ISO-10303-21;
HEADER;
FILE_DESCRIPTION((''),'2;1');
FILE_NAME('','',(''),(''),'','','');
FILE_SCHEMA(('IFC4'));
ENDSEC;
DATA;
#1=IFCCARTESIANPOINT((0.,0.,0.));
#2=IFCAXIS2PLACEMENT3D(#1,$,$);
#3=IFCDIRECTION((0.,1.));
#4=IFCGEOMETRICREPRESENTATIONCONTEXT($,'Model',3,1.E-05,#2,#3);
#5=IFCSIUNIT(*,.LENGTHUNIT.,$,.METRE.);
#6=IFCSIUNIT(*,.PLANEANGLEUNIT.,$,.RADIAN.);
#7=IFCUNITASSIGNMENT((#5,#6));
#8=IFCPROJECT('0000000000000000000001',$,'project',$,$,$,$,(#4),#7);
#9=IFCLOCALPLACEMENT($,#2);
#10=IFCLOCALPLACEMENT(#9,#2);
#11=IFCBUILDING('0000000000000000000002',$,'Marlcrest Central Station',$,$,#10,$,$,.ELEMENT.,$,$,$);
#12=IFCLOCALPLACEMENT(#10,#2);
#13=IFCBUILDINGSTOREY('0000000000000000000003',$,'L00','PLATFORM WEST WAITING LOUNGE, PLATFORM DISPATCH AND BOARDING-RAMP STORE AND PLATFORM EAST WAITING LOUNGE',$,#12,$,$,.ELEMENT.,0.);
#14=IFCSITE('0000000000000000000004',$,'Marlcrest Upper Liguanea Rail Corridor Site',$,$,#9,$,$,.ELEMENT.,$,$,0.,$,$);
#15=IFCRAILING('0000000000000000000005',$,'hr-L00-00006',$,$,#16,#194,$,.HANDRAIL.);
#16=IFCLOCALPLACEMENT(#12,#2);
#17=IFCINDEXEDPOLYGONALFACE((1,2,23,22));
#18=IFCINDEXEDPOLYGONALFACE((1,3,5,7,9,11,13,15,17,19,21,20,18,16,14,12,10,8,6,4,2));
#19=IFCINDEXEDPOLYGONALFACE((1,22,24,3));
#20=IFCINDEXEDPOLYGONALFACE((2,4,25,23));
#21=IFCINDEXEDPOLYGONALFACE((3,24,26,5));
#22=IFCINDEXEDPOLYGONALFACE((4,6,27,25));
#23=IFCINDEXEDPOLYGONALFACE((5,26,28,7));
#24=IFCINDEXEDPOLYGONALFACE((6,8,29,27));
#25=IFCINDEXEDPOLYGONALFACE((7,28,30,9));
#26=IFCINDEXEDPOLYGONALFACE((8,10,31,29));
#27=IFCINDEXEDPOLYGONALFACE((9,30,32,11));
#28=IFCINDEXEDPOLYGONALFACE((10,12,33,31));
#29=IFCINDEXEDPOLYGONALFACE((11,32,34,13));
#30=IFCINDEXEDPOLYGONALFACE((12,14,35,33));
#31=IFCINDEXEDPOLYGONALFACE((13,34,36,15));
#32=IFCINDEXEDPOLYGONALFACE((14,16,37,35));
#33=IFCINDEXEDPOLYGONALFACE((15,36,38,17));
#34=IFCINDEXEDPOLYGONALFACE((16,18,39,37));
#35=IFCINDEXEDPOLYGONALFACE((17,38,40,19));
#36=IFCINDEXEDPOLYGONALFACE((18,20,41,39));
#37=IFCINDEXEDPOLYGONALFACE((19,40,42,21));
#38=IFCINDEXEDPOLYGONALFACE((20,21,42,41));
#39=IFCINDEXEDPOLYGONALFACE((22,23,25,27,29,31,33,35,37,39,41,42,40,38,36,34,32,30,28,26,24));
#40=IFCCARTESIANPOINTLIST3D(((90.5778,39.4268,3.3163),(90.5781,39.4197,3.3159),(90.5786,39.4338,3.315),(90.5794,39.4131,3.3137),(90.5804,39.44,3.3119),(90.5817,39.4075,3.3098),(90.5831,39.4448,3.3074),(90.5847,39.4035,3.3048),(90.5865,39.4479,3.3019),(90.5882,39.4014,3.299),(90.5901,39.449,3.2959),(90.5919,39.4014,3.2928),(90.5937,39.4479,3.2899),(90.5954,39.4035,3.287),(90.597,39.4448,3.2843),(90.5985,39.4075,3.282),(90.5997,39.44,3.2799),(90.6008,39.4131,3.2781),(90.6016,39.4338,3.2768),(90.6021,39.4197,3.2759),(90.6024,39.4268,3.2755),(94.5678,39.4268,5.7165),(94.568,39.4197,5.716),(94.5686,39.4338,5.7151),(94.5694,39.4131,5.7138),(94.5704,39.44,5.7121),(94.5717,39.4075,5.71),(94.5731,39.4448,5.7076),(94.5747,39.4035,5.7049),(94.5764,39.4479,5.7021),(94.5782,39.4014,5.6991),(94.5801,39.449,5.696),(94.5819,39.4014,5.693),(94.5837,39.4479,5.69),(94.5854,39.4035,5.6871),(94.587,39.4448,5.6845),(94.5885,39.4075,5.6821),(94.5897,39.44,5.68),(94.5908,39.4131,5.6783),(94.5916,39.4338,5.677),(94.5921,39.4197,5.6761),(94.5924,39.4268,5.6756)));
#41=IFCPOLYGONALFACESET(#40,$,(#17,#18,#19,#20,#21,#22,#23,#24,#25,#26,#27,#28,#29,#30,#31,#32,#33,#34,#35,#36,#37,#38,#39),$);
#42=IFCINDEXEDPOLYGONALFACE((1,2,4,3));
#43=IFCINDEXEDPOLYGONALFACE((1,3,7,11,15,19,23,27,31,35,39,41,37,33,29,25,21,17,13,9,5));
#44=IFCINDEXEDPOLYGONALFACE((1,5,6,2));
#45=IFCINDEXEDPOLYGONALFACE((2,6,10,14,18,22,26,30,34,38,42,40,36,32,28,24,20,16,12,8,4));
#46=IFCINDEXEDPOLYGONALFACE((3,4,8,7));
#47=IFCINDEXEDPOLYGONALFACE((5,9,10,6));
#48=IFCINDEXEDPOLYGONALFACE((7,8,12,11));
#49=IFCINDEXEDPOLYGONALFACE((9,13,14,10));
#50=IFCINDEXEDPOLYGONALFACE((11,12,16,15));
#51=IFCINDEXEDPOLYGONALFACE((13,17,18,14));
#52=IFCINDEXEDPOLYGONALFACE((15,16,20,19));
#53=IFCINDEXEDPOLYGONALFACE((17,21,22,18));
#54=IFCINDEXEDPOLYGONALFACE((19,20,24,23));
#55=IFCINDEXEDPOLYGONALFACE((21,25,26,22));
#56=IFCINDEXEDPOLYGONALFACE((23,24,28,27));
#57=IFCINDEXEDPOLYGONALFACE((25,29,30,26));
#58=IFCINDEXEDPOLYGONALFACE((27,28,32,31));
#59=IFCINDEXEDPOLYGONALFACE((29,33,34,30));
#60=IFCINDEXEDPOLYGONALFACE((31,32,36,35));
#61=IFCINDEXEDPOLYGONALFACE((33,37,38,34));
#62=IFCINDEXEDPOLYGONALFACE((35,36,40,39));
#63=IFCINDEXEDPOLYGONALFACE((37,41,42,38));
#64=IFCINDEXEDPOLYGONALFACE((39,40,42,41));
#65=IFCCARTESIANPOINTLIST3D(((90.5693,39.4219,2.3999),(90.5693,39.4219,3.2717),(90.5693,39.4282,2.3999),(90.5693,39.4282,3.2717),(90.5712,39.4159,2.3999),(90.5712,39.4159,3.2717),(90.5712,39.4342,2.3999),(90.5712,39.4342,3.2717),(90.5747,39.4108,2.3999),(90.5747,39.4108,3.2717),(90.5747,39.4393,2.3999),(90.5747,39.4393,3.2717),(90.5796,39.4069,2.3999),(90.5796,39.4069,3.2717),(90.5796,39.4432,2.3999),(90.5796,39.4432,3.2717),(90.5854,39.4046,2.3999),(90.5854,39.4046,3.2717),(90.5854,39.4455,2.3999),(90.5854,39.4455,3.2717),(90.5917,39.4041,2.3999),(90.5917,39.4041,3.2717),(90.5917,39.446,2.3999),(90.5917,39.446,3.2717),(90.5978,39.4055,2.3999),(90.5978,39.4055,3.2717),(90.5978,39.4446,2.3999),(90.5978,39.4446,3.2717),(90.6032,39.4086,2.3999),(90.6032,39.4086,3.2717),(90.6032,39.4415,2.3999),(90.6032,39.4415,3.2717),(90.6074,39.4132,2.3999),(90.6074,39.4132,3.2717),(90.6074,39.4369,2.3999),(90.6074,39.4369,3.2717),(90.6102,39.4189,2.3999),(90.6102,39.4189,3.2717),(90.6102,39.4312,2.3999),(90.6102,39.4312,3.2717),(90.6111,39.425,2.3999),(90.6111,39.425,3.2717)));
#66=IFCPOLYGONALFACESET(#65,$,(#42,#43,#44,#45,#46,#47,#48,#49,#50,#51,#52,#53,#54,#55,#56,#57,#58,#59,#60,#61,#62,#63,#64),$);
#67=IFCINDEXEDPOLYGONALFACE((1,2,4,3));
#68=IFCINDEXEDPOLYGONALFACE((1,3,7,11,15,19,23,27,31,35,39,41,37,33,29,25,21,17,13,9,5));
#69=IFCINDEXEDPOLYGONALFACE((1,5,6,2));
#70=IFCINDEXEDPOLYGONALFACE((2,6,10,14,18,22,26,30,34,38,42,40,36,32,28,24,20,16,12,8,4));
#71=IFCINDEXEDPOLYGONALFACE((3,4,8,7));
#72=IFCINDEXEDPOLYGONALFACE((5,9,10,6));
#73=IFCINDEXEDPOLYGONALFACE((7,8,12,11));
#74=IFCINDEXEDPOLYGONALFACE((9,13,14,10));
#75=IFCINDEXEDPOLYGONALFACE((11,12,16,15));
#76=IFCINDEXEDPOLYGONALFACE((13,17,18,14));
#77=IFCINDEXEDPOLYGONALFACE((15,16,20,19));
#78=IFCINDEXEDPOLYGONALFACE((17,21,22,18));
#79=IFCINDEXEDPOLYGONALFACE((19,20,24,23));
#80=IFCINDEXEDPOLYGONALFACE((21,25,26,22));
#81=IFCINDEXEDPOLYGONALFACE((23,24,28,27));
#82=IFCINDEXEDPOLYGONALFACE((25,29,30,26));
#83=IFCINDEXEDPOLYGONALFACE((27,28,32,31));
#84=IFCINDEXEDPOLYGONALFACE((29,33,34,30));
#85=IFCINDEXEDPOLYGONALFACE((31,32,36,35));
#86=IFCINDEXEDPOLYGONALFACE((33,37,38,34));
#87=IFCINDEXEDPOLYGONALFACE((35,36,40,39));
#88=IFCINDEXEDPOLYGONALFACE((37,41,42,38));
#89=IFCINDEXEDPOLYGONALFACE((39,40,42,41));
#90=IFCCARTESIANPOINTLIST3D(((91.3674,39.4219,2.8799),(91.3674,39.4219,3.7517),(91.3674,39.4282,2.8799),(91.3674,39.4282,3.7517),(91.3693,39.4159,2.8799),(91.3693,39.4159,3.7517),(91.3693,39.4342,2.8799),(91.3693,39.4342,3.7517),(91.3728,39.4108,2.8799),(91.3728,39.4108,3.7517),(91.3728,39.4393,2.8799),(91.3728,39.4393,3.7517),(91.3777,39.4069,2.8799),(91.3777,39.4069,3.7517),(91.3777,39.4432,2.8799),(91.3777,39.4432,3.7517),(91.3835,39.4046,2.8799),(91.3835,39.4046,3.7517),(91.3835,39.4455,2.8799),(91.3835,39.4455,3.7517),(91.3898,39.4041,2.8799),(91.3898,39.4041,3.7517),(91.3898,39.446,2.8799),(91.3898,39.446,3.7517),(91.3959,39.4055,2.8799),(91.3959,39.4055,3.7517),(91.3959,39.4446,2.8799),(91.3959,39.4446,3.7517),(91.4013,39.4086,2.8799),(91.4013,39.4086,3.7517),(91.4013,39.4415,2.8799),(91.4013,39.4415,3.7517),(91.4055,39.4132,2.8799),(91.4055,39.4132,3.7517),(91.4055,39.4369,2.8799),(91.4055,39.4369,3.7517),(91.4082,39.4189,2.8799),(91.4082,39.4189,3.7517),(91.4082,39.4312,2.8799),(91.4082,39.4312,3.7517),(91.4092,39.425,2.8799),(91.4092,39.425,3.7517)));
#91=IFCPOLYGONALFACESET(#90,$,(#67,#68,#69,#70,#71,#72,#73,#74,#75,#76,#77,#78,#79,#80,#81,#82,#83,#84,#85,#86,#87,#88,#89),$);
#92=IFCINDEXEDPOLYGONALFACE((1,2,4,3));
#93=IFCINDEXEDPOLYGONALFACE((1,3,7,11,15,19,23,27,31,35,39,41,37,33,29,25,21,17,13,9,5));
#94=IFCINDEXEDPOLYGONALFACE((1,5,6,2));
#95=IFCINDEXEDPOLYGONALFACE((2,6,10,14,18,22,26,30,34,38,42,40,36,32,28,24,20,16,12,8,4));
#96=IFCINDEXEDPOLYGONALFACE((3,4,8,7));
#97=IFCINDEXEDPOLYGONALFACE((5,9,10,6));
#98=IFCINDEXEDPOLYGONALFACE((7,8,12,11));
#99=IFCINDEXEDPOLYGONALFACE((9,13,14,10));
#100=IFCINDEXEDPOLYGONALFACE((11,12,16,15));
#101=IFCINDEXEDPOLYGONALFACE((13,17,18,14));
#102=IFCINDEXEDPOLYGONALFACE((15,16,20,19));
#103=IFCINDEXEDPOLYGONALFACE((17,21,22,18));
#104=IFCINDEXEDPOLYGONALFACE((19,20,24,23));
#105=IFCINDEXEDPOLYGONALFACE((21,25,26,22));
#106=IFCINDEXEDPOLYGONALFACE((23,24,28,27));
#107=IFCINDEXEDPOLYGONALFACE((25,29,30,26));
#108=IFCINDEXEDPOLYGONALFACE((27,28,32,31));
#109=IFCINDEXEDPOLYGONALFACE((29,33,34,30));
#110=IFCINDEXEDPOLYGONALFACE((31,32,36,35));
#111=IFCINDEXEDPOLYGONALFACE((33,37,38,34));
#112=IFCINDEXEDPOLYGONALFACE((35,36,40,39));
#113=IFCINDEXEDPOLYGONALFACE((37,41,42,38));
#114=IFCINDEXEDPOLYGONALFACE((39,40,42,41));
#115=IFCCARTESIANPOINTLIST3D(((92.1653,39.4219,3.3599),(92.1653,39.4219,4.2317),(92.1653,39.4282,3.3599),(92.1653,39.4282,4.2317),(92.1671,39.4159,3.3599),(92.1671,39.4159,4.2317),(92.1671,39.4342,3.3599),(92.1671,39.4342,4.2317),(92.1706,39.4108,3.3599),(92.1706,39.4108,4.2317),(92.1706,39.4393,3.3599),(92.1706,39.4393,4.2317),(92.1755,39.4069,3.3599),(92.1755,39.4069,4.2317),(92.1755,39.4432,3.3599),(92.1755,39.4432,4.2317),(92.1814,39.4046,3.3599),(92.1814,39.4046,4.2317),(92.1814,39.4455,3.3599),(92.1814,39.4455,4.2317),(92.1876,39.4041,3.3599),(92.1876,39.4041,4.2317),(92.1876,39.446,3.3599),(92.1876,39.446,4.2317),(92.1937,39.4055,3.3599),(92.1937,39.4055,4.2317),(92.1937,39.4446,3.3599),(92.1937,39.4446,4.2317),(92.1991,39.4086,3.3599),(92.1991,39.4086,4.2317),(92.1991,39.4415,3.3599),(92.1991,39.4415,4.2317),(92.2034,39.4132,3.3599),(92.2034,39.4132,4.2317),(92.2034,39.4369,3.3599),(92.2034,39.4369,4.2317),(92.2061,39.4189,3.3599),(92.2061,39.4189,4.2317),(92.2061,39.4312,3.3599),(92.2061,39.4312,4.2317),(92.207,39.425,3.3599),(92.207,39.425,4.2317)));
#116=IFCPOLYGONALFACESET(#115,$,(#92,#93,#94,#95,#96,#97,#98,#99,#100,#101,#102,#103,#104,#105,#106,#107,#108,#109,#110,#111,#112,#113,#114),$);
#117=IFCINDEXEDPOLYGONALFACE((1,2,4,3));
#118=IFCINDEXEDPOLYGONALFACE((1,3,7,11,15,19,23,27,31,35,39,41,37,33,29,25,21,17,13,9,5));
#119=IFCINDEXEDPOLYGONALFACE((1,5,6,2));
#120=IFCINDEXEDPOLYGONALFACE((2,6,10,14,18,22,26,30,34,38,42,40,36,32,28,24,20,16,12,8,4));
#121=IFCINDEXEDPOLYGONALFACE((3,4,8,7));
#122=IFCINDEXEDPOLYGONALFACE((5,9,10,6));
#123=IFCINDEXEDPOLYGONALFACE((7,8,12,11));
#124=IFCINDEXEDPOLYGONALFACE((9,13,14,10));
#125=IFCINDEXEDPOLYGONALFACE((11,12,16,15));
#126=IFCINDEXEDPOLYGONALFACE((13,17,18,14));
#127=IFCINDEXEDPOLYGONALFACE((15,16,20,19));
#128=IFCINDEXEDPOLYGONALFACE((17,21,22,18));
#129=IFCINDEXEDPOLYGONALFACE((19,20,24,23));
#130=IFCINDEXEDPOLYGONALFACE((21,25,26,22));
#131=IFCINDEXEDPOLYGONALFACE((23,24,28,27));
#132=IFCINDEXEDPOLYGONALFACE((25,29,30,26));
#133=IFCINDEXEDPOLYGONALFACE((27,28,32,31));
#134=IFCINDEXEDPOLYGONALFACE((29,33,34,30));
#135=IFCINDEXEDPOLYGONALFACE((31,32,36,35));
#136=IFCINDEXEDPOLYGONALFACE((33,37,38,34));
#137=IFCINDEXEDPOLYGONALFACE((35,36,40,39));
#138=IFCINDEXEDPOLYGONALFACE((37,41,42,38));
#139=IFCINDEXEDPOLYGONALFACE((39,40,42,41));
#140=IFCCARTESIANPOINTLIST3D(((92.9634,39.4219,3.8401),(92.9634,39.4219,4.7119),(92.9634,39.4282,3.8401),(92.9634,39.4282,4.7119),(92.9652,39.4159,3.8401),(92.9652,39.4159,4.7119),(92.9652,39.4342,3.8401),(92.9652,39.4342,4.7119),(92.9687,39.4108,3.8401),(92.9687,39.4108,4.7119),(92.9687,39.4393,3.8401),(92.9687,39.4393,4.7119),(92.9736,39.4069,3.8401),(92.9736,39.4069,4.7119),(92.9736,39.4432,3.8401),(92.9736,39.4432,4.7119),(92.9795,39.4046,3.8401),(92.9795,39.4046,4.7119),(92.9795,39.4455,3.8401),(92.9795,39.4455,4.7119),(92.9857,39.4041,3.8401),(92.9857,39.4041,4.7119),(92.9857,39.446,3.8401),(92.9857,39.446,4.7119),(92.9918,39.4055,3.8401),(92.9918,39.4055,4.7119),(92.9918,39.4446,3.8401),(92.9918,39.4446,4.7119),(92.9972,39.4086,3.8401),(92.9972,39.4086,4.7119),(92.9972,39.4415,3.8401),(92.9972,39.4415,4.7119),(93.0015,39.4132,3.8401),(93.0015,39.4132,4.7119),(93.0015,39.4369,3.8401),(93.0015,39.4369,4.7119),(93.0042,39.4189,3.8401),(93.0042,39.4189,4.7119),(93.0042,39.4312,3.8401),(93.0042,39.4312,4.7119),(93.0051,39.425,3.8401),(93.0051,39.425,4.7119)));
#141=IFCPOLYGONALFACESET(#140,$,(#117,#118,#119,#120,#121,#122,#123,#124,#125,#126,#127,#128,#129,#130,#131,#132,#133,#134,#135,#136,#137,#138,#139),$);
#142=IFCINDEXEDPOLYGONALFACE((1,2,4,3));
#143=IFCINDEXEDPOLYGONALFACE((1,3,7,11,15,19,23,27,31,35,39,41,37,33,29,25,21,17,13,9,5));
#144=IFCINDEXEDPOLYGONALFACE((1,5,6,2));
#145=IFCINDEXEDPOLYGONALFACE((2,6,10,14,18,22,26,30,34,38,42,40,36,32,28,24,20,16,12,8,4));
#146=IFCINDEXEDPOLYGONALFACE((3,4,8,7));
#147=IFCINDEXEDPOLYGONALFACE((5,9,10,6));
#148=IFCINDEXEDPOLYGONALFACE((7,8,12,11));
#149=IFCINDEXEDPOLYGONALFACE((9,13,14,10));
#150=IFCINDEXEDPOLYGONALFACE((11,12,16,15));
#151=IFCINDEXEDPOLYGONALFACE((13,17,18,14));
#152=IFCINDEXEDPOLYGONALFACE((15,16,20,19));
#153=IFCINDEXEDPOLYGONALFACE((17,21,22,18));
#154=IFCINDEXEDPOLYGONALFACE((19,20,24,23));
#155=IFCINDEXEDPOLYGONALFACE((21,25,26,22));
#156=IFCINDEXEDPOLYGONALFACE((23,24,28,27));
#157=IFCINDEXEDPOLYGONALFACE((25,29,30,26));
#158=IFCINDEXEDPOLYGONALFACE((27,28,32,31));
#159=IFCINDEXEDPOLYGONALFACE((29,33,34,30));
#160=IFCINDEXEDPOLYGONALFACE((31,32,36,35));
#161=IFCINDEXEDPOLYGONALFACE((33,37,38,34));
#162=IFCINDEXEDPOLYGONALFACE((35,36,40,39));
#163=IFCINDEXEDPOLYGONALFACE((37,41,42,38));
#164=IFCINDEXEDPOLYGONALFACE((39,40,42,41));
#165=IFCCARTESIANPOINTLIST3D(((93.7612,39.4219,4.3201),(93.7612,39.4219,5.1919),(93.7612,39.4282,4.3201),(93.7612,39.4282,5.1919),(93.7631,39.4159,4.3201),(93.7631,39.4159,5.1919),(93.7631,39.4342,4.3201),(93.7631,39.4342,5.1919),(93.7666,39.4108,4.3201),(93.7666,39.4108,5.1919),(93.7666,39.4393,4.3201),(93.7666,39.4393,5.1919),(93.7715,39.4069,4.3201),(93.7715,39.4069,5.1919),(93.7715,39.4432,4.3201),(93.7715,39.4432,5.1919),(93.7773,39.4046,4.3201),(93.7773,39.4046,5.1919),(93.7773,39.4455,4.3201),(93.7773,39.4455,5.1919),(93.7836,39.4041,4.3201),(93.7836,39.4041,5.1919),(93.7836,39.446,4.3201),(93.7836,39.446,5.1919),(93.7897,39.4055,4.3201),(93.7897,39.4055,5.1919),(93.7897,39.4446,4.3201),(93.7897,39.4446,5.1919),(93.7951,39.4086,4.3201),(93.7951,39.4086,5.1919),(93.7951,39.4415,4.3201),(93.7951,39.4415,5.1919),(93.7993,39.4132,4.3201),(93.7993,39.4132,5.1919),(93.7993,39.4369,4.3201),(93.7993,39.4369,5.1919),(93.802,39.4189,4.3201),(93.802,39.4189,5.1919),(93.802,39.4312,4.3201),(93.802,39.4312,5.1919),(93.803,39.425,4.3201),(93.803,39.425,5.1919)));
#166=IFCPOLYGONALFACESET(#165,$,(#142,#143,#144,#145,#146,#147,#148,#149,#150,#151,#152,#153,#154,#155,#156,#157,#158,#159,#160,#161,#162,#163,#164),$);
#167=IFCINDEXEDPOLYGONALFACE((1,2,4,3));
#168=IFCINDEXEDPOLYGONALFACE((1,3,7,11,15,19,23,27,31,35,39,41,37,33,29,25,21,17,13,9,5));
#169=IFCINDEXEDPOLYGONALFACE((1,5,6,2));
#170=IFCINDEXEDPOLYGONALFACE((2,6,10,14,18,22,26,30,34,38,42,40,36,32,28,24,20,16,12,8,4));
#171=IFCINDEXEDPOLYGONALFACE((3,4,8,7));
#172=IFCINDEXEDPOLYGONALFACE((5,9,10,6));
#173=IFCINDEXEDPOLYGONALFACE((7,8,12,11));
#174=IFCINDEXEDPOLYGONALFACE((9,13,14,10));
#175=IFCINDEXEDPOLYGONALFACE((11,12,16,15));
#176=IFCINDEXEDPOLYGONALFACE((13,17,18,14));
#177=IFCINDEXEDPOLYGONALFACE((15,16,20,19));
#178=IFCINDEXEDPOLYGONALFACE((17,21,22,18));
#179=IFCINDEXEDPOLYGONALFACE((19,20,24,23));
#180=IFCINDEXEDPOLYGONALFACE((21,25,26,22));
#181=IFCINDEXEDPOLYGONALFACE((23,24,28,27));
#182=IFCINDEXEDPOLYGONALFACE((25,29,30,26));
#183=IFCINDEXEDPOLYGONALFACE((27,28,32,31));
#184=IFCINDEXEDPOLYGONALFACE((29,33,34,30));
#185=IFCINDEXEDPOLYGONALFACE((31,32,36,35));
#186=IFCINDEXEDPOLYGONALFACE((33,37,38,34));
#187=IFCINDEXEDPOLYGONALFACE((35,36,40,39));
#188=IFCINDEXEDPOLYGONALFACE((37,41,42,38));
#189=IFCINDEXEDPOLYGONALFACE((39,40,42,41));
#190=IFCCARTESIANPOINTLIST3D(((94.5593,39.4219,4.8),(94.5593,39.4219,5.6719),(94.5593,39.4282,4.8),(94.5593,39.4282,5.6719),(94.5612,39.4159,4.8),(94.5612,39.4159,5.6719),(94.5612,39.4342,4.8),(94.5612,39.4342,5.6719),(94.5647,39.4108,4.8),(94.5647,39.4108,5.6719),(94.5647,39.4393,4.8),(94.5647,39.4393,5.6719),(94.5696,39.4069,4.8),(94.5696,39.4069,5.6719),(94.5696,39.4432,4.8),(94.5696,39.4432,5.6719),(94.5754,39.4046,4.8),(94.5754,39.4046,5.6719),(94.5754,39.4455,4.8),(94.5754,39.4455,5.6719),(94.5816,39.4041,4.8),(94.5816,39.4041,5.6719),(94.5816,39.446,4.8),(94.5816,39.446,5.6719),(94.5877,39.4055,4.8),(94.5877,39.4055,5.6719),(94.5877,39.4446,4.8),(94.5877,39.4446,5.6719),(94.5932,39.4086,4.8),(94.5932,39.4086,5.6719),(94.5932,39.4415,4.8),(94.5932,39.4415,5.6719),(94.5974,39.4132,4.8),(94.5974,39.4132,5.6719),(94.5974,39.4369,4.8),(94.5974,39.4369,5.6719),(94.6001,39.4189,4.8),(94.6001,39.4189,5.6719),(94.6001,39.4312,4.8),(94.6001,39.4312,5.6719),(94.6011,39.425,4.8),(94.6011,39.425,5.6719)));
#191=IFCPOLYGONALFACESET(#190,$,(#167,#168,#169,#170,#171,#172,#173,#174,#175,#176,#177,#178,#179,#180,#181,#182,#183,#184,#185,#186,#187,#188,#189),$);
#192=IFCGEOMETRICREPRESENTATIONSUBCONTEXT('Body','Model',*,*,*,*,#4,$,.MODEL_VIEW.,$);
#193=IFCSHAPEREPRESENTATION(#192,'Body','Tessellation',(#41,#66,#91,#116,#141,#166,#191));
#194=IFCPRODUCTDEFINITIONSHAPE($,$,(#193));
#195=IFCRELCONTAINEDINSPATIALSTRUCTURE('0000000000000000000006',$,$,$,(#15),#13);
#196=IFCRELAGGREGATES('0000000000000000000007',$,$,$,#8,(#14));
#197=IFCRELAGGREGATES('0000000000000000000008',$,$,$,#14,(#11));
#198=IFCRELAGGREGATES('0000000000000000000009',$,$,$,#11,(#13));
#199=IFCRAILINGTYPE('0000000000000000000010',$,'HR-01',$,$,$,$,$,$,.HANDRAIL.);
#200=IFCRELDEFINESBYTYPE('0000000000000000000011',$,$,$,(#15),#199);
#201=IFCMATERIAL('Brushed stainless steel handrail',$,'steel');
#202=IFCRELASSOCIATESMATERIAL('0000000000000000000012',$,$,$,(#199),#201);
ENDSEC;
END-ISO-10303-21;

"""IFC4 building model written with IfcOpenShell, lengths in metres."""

from ifc_helpers import new_model, si_unit, direction, frame, origin, origin_2d, place, context, subcontext, project, spatial, circle, extrude, material, type_object, element, save


model = new_model("IFC4")

# Units and contexts
model_context = context("Model", 3, precision=1e-05, world=origin(), true_north=direction((0.0, 1.0)))
body_context = subcontext(model_context, "Body", "Model", "MODEL_VIEW")
ifc_project = project(units=[si_unit("LENGTHUNIT", "METRE"), si_unit("PLANEANGLEUNIT", "RADIAN")], contexts=[model_context])

# Site, building, storey
site_placement = place(None, origin())
site = spatial("IfcSite", under=ifc_project, at=site_placement, Name="Marlcrest Upper Liguanea Rail Corridor Site", CompositionType="ELEMENT", RefElevation=0.0)
building_placement = place(site_placement, origin())
building = spatial("IfcBuilding", under=site, at=building_placement, Name="Marlcrest Central Station", CompositionType="ELEMENT")
storey_placement = place(building_placement, origin())
storey = spatial("IfcBuildingStorey", under=building, at=storey_placement, Name="L00", Description="PLATFORM WEST WAITING LOUNGE, PLATFORM DISPATCH AND BOARDING-RAMP STORE AND PLATFORM EAST WAITING LOUNGE", CompositionType="ELEMENT", Elevation=0.0)

# Railing
ifc_material_1 = material(Name="Brushed stainless steel handrail", Category="steel")
railing_type = type_object("IfcRailingType", Name="HR-01", PredefinedType="HANDRAIL", material=ifc_material_1)
railing_1_placement = place(storey_placement, frame((90.5901, 39.425, 2.3999)))
element("IfcRailing", 1, at=railing_1_placement, inside=storey, type_object=railing_type, Name="hr-L00-00006", PredefinedType="HANDRAIL", context=body_context, shape_type="SweptSolid", body=[
    extrude(circle(Radius=0.0239, at=origin_2d()), frame((0.0, 0.0, 0.896), z_axis=(0.856909, 0.0, 0.515467), x_axis=(0.0, 1.0, 0.0)), (0.0, 0.0, 1.0), 4.6562),
    extrude(circle(Radius=0.021, at=origin_2d()), origin(), (0.0, 0.0, 1.0), 0.8718),
    extrude(circle(Radius=0.021, at=origin_2d()), frame((0.7981, 0.0, 0.48)), (0.0, 0.0, 1.0), 0.8718),
    extrude(circle(Radius=0.021, at=origin_2d()), frame((1.5959, 0.0, 0.96)), (0.0, 0.0, 1.0), 0.8718),
    extrude(circle(Radius=0.021, at=origin_2d()), frame((2.394, 0.0, 1.4402)), (0.0, 0.0, 1.0), 0.8718),
    extrude(circle(Radius=0.021, at=origin_2d()), frame((3.1919, 0.0, 1.9202)), (0.0, 0.0, 1.0), 0.8718),
    extrude(circle(Radius=0.021, at=origin_2d()), frame((3.99, 0.0, 2.4001)), (0.0, 0.0, 1.0), 0.8718),
])

save(model, "model.ifc")
